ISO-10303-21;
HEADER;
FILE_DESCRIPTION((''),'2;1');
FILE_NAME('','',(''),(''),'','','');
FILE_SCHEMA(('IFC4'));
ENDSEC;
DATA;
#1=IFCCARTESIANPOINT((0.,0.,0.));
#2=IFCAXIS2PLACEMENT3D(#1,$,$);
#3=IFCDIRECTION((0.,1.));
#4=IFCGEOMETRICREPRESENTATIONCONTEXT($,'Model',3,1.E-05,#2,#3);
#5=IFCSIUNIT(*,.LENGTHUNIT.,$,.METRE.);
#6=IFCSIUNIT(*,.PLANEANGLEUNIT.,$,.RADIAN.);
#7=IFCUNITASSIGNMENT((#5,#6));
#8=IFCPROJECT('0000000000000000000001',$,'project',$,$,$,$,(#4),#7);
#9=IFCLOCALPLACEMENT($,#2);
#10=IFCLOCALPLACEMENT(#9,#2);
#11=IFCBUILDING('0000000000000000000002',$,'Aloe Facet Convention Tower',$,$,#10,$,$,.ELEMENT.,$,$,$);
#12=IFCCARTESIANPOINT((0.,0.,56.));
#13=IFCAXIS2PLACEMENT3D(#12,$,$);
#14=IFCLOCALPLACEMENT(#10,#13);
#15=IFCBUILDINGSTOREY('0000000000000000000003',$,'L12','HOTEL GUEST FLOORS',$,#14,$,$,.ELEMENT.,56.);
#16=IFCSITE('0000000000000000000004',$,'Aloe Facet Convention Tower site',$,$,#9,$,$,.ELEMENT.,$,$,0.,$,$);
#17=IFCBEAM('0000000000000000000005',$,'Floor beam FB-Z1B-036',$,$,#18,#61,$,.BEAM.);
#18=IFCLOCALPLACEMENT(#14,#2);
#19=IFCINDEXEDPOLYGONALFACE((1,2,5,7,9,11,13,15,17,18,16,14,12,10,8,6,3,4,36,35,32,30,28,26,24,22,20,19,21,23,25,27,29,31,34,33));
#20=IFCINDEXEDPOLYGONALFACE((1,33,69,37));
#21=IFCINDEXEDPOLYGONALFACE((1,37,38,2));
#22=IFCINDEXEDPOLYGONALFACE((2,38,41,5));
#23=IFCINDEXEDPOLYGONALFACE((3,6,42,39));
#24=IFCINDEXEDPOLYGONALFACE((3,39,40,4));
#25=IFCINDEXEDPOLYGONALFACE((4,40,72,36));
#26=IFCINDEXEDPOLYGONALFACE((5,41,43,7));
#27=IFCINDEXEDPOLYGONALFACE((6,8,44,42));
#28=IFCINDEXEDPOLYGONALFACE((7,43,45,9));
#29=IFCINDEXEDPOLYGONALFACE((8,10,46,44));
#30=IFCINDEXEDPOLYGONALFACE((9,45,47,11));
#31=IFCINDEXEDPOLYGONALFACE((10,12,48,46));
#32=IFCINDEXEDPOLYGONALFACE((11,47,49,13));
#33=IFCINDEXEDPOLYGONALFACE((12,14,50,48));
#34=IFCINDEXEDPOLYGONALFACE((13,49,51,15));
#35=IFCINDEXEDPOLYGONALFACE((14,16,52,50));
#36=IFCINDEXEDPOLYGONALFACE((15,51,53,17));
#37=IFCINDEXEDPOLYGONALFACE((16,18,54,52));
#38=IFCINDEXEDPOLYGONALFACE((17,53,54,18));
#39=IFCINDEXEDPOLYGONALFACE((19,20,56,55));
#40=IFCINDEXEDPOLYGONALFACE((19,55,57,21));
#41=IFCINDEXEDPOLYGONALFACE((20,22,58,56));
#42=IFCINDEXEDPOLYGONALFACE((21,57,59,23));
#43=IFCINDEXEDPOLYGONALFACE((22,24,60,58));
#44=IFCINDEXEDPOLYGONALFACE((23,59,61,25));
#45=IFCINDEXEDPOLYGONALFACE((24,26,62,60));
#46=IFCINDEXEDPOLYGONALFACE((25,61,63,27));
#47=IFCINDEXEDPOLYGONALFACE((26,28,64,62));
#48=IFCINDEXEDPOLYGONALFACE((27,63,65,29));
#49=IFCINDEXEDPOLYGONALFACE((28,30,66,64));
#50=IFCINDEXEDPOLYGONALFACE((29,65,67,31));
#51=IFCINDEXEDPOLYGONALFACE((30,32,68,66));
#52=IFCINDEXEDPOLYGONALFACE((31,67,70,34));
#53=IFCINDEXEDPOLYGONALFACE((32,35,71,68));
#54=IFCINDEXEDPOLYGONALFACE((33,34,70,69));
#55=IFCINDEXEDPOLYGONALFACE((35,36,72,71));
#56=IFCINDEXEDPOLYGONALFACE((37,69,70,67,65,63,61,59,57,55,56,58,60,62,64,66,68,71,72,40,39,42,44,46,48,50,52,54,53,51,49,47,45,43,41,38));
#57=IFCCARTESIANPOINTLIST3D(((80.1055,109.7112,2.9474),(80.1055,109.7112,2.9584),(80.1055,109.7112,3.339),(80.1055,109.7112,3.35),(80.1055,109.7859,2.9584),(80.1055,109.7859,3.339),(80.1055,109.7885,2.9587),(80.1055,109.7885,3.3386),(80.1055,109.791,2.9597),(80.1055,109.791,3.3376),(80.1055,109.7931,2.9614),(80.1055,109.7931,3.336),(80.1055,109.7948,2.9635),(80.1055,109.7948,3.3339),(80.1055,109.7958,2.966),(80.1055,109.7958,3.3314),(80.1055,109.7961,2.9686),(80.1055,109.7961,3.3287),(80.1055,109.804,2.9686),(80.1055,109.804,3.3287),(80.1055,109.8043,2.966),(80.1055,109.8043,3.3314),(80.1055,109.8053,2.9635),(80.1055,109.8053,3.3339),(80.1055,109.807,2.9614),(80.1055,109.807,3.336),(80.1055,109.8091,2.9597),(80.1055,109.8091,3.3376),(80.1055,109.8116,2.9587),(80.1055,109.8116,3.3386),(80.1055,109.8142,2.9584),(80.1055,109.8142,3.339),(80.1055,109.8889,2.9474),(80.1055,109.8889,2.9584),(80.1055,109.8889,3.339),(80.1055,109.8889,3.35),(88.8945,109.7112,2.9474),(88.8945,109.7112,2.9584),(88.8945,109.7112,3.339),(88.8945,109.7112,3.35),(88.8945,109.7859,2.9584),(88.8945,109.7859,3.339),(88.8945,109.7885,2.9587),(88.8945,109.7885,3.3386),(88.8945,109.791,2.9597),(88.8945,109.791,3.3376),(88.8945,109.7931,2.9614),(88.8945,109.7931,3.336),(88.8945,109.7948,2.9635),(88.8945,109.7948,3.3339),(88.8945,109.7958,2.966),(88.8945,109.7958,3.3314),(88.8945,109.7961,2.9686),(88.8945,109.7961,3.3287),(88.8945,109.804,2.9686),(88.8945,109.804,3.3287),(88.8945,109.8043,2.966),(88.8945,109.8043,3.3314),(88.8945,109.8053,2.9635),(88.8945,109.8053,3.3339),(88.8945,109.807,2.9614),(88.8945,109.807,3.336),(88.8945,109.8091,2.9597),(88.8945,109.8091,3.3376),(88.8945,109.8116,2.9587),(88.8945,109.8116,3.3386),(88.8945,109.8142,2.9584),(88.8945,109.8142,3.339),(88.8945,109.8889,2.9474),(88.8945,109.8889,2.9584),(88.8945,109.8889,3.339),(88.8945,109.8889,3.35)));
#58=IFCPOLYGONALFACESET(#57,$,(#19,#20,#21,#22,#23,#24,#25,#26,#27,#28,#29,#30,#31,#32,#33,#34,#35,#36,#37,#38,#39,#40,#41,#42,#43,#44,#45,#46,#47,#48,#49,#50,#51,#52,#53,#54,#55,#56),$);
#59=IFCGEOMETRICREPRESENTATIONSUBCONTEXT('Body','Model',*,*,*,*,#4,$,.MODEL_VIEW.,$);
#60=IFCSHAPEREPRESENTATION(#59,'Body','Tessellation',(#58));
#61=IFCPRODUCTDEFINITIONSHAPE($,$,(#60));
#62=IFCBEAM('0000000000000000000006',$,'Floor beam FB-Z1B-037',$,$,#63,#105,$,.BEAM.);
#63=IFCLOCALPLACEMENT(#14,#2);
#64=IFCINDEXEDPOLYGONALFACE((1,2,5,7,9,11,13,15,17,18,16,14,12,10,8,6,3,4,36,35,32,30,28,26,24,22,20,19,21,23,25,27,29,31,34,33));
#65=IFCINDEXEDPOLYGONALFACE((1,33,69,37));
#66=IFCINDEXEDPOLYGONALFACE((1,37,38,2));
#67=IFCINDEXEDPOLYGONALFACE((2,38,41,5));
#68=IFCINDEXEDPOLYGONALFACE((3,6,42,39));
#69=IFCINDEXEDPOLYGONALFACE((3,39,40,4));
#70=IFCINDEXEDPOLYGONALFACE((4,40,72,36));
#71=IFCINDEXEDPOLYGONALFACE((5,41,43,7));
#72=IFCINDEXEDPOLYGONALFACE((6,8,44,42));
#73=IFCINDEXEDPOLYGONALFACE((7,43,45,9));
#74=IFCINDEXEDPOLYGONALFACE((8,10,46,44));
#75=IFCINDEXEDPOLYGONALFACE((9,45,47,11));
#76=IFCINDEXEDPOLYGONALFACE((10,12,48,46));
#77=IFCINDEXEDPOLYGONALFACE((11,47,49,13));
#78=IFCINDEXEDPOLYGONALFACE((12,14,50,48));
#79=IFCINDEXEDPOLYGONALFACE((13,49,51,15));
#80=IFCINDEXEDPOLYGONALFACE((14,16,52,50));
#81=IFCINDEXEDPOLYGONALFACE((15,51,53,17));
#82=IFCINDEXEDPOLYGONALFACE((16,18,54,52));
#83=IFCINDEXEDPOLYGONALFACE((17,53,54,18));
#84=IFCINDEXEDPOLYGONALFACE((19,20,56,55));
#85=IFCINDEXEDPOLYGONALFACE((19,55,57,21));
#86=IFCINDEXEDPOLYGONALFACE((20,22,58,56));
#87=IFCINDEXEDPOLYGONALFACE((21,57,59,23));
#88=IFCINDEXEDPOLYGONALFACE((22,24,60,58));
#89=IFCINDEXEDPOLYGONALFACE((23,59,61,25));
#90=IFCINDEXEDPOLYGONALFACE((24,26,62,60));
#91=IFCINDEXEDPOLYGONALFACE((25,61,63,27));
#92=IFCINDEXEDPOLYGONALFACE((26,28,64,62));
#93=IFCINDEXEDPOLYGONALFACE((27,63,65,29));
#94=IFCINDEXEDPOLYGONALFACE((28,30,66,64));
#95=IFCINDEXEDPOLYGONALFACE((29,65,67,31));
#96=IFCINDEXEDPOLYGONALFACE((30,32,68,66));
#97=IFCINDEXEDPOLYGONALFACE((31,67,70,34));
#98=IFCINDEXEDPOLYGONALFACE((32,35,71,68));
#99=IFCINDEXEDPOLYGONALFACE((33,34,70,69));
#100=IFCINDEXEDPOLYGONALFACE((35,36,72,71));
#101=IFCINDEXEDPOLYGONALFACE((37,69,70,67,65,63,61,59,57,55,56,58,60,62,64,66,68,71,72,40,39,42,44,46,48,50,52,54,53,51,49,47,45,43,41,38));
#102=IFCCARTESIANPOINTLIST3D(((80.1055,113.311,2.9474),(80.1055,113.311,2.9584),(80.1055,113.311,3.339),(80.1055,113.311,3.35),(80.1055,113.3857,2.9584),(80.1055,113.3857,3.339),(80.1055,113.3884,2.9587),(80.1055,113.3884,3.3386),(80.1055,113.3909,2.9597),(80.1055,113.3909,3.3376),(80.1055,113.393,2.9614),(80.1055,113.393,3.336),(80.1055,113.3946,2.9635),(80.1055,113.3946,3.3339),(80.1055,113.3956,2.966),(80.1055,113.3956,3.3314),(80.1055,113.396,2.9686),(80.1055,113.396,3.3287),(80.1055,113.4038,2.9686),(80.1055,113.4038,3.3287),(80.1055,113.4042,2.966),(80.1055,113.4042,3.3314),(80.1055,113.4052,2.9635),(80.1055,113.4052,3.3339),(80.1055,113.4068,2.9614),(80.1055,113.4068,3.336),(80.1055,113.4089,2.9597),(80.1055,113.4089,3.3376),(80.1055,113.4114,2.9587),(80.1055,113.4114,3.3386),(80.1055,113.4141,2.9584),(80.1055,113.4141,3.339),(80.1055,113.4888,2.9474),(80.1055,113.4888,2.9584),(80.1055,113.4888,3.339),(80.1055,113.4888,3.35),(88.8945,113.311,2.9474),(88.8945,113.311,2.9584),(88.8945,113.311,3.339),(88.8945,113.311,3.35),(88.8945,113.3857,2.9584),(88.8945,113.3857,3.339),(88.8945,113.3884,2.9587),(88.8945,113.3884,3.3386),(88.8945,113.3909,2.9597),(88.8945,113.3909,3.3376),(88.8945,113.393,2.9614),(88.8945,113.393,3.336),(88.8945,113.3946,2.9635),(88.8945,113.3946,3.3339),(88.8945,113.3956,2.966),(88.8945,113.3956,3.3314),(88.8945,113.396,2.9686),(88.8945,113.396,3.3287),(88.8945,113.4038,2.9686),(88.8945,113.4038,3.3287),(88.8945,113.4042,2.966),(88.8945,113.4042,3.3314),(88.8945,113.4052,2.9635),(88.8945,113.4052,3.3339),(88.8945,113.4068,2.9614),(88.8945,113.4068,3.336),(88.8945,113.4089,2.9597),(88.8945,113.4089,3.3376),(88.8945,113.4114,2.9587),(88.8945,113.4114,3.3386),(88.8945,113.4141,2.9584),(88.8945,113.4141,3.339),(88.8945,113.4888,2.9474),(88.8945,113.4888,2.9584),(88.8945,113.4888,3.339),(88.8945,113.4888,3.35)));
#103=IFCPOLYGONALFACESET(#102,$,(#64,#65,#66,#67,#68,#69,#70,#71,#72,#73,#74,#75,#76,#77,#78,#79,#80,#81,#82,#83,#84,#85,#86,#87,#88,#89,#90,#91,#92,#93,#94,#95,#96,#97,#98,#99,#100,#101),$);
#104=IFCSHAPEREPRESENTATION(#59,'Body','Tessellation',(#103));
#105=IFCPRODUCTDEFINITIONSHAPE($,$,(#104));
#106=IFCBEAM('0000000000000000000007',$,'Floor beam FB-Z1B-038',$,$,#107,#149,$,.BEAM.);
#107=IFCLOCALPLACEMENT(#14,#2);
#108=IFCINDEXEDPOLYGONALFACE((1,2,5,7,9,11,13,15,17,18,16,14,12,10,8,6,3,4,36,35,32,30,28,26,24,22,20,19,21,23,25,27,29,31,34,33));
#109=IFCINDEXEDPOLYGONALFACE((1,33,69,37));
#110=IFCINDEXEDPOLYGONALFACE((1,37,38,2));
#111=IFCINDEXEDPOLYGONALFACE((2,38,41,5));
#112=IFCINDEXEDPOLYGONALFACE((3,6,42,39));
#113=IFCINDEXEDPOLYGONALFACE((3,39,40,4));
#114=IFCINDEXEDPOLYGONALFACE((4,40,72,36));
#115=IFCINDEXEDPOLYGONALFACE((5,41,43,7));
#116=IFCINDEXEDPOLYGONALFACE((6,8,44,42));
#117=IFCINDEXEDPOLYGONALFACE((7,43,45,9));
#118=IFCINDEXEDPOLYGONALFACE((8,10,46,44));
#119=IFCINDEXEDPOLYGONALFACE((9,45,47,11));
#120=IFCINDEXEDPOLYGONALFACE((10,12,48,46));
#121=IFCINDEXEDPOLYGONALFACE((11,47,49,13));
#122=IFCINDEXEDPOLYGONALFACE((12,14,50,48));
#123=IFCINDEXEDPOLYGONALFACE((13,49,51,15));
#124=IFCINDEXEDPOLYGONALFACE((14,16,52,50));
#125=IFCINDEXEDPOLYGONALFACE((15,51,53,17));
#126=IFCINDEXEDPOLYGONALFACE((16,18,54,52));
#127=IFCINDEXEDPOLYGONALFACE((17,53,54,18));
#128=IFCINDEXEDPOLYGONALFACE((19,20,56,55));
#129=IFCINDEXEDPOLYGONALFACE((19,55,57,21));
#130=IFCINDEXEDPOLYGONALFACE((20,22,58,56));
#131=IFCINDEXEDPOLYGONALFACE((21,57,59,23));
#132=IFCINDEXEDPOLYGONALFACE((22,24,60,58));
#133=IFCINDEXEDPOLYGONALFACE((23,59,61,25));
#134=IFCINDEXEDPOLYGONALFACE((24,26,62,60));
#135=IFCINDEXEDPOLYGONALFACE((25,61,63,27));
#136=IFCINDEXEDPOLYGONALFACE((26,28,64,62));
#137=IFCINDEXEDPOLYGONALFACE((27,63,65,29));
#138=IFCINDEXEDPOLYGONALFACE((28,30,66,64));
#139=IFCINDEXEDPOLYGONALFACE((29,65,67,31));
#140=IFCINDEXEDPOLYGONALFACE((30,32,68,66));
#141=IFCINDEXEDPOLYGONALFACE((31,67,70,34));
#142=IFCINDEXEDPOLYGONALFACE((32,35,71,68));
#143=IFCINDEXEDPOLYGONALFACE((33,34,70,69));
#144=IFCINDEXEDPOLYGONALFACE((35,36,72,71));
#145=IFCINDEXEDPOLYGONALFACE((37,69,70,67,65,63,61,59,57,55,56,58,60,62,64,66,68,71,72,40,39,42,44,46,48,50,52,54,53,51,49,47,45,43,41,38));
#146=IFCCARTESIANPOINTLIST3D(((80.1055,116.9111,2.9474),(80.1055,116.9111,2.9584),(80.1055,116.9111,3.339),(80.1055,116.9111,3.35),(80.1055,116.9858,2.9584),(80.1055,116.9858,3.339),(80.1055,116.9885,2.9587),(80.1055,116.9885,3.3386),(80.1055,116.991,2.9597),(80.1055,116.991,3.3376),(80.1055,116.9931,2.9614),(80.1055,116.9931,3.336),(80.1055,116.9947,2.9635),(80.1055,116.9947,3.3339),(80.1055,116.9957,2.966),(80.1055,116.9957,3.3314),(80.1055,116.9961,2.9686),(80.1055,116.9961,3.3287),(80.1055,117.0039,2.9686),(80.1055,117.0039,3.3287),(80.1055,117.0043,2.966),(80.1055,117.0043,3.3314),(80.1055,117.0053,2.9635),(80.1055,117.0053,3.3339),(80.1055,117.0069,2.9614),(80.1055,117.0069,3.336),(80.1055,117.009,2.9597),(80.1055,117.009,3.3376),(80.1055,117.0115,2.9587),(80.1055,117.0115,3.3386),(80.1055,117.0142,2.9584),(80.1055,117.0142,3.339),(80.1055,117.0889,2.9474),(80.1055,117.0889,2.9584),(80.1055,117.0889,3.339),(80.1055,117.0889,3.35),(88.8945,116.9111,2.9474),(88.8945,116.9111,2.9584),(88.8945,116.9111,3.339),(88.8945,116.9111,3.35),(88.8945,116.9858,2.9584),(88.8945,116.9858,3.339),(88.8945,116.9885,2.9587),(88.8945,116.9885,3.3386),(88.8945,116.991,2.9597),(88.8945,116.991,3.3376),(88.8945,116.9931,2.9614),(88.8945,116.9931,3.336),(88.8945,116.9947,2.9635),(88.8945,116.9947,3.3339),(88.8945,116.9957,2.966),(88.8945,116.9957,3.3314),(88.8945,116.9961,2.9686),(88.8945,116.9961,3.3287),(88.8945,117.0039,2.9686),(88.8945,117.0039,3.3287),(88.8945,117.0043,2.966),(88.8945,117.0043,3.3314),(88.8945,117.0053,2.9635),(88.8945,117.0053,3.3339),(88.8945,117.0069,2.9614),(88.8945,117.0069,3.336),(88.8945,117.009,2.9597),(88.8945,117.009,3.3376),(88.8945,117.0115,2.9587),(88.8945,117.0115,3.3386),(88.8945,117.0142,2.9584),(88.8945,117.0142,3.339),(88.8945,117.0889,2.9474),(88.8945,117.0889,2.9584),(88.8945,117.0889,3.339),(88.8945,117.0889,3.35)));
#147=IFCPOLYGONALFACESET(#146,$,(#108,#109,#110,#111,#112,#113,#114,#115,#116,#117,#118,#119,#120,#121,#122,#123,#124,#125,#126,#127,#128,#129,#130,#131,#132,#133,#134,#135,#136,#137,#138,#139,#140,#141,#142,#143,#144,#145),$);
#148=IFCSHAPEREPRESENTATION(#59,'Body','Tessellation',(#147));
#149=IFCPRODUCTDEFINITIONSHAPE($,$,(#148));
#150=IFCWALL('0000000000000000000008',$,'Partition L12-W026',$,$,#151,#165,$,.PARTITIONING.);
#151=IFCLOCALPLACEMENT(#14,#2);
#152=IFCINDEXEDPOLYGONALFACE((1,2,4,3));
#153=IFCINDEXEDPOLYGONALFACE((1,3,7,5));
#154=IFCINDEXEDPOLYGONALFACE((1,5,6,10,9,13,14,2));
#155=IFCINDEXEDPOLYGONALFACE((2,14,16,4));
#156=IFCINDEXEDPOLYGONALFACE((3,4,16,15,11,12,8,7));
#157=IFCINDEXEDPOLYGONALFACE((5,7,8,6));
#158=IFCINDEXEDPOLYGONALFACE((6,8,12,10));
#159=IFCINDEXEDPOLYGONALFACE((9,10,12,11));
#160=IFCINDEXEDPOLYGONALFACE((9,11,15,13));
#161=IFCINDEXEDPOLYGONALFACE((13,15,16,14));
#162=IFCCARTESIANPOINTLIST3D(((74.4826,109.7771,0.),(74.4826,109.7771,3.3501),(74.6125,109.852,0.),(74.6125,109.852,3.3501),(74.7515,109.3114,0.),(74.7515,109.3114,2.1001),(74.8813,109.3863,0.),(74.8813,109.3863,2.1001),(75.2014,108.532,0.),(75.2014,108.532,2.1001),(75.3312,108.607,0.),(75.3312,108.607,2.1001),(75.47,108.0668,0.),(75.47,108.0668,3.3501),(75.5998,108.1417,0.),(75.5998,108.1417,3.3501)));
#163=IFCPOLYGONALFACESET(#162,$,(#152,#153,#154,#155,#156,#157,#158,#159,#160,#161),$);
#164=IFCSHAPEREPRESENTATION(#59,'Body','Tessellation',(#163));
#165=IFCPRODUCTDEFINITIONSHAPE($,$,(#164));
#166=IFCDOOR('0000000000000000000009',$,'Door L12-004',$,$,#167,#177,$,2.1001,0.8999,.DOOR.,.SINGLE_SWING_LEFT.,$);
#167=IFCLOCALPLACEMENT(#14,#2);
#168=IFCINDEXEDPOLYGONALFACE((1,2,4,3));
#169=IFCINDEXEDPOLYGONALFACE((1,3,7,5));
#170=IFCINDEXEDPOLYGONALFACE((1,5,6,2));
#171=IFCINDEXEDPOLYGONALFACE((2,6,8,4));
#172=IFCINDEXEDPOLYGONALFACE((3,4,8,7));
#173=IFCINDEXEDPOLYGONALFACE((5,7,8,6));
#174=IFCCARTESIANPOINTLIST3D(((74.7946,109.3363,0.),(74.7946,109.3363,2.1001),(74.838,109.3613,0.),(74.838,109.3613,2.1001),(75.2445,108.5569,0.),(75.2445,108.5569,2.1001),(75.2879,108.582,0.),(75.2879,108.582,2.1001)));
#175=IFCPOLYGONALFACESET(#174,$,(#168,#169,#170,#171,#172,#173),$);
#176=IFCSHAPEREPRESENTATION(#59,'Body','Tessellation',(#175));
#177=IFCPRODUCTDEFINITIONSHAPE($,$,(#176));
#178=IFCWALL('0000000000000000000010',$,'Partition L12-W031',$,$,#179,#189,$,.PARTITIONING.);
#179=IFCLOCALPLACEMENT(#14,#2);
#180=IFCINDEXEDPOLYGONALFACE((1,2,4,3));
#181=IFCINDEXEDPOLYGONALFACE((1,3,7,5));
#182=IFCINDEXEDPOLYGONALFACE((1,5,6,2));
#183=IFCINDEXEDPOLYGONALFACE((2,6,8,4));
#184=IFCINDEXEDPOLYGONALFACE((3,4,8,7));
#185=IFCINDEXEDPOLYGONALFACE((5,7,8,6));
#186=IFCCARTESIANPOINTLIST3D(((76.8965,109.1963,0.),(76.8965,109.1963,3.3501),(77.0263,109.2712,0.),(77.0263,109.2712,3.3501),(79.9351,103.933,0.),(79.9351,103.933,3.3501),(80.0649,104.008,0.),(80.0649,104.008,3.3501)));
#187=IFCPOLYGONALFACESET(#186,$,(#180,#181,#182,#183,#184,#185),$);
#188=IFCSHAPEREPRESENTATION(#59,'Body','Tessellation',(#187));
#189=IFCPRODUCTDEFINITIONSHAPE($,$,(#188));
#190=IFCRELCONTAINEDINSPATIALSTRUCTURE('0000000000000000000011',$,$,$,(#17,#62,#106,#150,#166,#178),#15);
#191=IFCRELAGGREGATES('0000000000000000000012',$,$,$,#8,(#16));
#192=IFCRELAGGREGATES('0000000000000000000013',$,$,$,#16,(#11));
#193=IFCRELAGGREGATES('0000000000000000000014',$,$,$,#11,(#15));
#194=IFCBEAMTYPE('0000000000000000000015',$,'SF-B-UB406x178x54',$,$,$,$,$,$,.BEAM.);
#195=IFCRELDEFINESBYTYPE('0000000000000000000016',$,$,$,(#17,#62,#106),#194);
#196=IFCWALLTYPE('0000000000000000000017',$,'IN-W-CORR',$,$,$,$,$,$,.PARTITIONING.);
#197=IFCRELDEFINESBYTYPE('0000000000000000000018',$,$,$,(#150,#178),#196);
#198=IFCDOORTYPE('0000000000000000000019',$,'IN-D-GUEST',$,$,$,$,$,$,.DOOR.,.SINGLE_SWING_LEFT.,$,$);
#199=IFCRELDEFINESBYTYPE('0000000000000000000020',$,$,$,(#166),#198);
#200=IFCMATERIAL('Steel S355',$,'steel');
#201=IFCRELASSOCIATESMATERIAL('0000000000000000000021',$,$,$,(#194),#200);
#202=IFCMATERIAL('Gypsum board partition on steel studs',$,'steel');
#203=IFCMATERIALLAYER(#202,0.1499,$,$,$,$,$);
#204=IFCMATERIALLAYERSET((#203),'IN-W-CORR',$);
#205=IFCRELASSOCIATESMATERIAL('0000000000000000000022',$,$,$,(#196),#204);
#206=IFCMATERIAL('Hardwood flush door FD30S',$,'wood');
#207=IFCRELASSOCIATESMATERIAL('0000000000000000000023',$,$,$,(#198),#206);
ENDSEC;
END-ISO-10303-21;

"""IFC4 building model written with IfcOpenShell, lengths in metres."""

from ifc_helpers import new_model, si_unit, direction, frame, frame_2d, origin, origin_2d, place, context, subcontext, project, spatial, rectangle, i_section, extrude, material, layer, layer_set, material_profile, profile_set, type_object, element, fill, save


model = new_model("IFC4")

# Units and contexts
model_context = context("Model", 3, precision=1e-05, world=origin(), true_north=direction((0.0, 1.0)))
body_context = subcontext(model_context, "Body", "Model", "MODEL_VIEW")
ifc_project = project(units=[si_unit("LENGTHUNIT", "METRE"), si_unit("PLANEANGLEUNIT", "RADIAN")], contexts=[model_context])

# Site, building, storey
site_placement = place(None, origin())
site = spatial("IfcSite", under=ifc_project, at=site_placement, Name="Aloe Facet Convention Tower site", CompositionType="ELEMENT", RefElevation=0.0)
building_placement = place(site_placement, origin())
building = spatial("IfcBuilding", under=site, at=building_placement, Name="Aloe Facet Convention Tower", CompositionType="ELEMENT")
storey_placement = place(building_placement, frame((0.0, 0.0, 56.0)))
storey = spatial("IfcBuildingStorey", under=building, at=storey_placement, Name="L12", Description="HOTEL GUEST FLOORS", CompositionType="ELEMENT", Elevation=56.0)

# Beams
ifc_material_1 = material(Name="Steel S355", Category="steel")
ifc_material_profile = material_profile(ifc_material_1, i_section(OverallWidth=0.1777, OverallDepth=0.4026, WebThickness=0.0078, FlangeThickness=0.011, FilletRadius=0.0103, at=origin_2d()), Name="UB 406x178x54")
ifc_profile_set = profile_set([ifc_material_profile], Name="Steel S355")
beam_type = type_object("IfcBeamType", Name="SF-B-UB406x178x54", PredefinedType="BEAM", material=ifc_profile_set)
for number, where, z_axis, x_axis, name in (
    (1, (80.1055, 109.8, 3.1487), (1.0, 0.0, 0.0), (0.0, 1.0, 0.0), "Floor beam FB-Z1B-036"),
    (2, (80.1055, 113.3999, 3.1487), (1.0, 0.0, 0.0), (0.0, 1.0, 0.0), "Floor beam FB-Z1B-037"),
    (3, (80.1055, 117.0, 3.1487), (1.0, 0.0, 0.0), (0.0, 1.0, 0.0), "Floor beam FB-Z1B-038"),
):
    element("IfcBeam", number, at=place(storey_placement, frame(where, z_axis=z_axis, x_axis=x_axis)), inside=storey, type_object=beam_type, Name=name, PredefinedType="BEAM", context=body_context, shape_type="SweptSolid", body=[
        extrude(i_section(OverallWidth=0.1777, OverallDepth=0.4026, WebThickness=0.0078, FlangeThickness=0.011, FilletRadius=0.0103, at=origin_2d()), origin(), (0.0, 0.0, 1.0), 8.7891),
    ])

# Wall, opening, door
ifc_material_2 = material(Name="Gypsum board partition on steel studs", Category="steel")
ifc_layer_1 = layer(ifc_material_2, 0.1499)
ifc_layer_set_1 = layer_set([ifc_layer_1], Name="IN-W-CORR")
wall_type_1 = type_object("IfcWallType", Name="IN-W-CORR", PredefinedType="PARTITIONING", material=ifc_layer_set_1)
wall_1_placement = place(storey_placement, frame((74.5476, 109.8145, 0.0), z_axis=(0.0, 0.0, 1.0), x_axis=(0.499969, -0.866044, 0.0)))
wall_1 = element("IfcWall", 4, at=wall_1_placement, inside=storey, type_object=wall_type_1, Name="Partition L12-W026", PredefinedType="PARTITIONING", context=body_context, shape_type="SweptSolid", body=[
    extrude(rectangle(XDim=1.9749, YDim=0.1499, at=frame_2d((0.9873, 0.0))), origin(), (0.0, 0.0, 1.0), 3.3501),
])
opening_1_placement = place(wall_1_placement, frame((0.5376, 0.0, 0.0)))
opening_1 = element("IfcOpeningElement", 5, at=opening_1_placement, cuts=wall_1, PredefinedType="OPENING", context=body_context, shape_type="SweptSolid", body=[
    extrude(rectangle(XDim=0.8999, YDim=2.1001, at=frame_2d((0.45, 1.05))), frame((0.0, 0.085, 0.0), z_axis=(0.0, -1.0, 0.0), x_axis=(1.0, 0.0, 0.0)), (0.0, 0.0, 1.0), 0.1699),
])
ifc_material_3 = material(Name="Hardwood flush door FD30S", Category="wood")
door_type_1 = type_object("IfcDoorType", Name="IN-D-GUEST", OperationType="SINGLE_SWING_LEFT", PredefinedType="DOOR", material=ifc_material_3)
door_1_placement = place(opening_1_placement, origin())
door_1 = element("IfcDoor", 6, at=door_1_placement, inside=storey, type_object=door_type_1, Name="Door L12-004", OperationType="SINGLE_SWING_LEFT", OverallHeight=2.1001, OverallWidth=0.8999, PredefinedType="DOOR", context=body_context, shape_type="SweptSolid", body=[
    extrude(rectangle(XDim=0.8999, YDim=2.1001, at=frame_2d((0.45, 1.05))), frame((0.0, 0.0249, 0.0), z_axis=(0.0, -1.0, 0.0), x_axis=(1.0, 0.0, 0.0)), (0.0, 0.0, 1.0), 0.05),
])
fill(opening_1, door_1)

# Wall
wall_2_placement = place(storey_placement, frame((76.9614, 109.2336, 0.0), z_axis=(0.0, 0.0, 1.0), x_axis=(0.499984, -0.866034, 0.0)))
element("IfcWall", 7, at=wall_2_placement, inside=storey, type_object=wall_type_1, Name="Partition L12-W031", PredefinedType="PARTITIONING", context=body_context, shape_type="SweptSolid", body=[
    extrude(rectangle(XDim=6.0774, YDim=0.1499, at=frame_2d((3.0386, 0.0))), origin(), (0.0, 0.0, 1.0), 3.3501),
])

save(model, "model.ifc")
